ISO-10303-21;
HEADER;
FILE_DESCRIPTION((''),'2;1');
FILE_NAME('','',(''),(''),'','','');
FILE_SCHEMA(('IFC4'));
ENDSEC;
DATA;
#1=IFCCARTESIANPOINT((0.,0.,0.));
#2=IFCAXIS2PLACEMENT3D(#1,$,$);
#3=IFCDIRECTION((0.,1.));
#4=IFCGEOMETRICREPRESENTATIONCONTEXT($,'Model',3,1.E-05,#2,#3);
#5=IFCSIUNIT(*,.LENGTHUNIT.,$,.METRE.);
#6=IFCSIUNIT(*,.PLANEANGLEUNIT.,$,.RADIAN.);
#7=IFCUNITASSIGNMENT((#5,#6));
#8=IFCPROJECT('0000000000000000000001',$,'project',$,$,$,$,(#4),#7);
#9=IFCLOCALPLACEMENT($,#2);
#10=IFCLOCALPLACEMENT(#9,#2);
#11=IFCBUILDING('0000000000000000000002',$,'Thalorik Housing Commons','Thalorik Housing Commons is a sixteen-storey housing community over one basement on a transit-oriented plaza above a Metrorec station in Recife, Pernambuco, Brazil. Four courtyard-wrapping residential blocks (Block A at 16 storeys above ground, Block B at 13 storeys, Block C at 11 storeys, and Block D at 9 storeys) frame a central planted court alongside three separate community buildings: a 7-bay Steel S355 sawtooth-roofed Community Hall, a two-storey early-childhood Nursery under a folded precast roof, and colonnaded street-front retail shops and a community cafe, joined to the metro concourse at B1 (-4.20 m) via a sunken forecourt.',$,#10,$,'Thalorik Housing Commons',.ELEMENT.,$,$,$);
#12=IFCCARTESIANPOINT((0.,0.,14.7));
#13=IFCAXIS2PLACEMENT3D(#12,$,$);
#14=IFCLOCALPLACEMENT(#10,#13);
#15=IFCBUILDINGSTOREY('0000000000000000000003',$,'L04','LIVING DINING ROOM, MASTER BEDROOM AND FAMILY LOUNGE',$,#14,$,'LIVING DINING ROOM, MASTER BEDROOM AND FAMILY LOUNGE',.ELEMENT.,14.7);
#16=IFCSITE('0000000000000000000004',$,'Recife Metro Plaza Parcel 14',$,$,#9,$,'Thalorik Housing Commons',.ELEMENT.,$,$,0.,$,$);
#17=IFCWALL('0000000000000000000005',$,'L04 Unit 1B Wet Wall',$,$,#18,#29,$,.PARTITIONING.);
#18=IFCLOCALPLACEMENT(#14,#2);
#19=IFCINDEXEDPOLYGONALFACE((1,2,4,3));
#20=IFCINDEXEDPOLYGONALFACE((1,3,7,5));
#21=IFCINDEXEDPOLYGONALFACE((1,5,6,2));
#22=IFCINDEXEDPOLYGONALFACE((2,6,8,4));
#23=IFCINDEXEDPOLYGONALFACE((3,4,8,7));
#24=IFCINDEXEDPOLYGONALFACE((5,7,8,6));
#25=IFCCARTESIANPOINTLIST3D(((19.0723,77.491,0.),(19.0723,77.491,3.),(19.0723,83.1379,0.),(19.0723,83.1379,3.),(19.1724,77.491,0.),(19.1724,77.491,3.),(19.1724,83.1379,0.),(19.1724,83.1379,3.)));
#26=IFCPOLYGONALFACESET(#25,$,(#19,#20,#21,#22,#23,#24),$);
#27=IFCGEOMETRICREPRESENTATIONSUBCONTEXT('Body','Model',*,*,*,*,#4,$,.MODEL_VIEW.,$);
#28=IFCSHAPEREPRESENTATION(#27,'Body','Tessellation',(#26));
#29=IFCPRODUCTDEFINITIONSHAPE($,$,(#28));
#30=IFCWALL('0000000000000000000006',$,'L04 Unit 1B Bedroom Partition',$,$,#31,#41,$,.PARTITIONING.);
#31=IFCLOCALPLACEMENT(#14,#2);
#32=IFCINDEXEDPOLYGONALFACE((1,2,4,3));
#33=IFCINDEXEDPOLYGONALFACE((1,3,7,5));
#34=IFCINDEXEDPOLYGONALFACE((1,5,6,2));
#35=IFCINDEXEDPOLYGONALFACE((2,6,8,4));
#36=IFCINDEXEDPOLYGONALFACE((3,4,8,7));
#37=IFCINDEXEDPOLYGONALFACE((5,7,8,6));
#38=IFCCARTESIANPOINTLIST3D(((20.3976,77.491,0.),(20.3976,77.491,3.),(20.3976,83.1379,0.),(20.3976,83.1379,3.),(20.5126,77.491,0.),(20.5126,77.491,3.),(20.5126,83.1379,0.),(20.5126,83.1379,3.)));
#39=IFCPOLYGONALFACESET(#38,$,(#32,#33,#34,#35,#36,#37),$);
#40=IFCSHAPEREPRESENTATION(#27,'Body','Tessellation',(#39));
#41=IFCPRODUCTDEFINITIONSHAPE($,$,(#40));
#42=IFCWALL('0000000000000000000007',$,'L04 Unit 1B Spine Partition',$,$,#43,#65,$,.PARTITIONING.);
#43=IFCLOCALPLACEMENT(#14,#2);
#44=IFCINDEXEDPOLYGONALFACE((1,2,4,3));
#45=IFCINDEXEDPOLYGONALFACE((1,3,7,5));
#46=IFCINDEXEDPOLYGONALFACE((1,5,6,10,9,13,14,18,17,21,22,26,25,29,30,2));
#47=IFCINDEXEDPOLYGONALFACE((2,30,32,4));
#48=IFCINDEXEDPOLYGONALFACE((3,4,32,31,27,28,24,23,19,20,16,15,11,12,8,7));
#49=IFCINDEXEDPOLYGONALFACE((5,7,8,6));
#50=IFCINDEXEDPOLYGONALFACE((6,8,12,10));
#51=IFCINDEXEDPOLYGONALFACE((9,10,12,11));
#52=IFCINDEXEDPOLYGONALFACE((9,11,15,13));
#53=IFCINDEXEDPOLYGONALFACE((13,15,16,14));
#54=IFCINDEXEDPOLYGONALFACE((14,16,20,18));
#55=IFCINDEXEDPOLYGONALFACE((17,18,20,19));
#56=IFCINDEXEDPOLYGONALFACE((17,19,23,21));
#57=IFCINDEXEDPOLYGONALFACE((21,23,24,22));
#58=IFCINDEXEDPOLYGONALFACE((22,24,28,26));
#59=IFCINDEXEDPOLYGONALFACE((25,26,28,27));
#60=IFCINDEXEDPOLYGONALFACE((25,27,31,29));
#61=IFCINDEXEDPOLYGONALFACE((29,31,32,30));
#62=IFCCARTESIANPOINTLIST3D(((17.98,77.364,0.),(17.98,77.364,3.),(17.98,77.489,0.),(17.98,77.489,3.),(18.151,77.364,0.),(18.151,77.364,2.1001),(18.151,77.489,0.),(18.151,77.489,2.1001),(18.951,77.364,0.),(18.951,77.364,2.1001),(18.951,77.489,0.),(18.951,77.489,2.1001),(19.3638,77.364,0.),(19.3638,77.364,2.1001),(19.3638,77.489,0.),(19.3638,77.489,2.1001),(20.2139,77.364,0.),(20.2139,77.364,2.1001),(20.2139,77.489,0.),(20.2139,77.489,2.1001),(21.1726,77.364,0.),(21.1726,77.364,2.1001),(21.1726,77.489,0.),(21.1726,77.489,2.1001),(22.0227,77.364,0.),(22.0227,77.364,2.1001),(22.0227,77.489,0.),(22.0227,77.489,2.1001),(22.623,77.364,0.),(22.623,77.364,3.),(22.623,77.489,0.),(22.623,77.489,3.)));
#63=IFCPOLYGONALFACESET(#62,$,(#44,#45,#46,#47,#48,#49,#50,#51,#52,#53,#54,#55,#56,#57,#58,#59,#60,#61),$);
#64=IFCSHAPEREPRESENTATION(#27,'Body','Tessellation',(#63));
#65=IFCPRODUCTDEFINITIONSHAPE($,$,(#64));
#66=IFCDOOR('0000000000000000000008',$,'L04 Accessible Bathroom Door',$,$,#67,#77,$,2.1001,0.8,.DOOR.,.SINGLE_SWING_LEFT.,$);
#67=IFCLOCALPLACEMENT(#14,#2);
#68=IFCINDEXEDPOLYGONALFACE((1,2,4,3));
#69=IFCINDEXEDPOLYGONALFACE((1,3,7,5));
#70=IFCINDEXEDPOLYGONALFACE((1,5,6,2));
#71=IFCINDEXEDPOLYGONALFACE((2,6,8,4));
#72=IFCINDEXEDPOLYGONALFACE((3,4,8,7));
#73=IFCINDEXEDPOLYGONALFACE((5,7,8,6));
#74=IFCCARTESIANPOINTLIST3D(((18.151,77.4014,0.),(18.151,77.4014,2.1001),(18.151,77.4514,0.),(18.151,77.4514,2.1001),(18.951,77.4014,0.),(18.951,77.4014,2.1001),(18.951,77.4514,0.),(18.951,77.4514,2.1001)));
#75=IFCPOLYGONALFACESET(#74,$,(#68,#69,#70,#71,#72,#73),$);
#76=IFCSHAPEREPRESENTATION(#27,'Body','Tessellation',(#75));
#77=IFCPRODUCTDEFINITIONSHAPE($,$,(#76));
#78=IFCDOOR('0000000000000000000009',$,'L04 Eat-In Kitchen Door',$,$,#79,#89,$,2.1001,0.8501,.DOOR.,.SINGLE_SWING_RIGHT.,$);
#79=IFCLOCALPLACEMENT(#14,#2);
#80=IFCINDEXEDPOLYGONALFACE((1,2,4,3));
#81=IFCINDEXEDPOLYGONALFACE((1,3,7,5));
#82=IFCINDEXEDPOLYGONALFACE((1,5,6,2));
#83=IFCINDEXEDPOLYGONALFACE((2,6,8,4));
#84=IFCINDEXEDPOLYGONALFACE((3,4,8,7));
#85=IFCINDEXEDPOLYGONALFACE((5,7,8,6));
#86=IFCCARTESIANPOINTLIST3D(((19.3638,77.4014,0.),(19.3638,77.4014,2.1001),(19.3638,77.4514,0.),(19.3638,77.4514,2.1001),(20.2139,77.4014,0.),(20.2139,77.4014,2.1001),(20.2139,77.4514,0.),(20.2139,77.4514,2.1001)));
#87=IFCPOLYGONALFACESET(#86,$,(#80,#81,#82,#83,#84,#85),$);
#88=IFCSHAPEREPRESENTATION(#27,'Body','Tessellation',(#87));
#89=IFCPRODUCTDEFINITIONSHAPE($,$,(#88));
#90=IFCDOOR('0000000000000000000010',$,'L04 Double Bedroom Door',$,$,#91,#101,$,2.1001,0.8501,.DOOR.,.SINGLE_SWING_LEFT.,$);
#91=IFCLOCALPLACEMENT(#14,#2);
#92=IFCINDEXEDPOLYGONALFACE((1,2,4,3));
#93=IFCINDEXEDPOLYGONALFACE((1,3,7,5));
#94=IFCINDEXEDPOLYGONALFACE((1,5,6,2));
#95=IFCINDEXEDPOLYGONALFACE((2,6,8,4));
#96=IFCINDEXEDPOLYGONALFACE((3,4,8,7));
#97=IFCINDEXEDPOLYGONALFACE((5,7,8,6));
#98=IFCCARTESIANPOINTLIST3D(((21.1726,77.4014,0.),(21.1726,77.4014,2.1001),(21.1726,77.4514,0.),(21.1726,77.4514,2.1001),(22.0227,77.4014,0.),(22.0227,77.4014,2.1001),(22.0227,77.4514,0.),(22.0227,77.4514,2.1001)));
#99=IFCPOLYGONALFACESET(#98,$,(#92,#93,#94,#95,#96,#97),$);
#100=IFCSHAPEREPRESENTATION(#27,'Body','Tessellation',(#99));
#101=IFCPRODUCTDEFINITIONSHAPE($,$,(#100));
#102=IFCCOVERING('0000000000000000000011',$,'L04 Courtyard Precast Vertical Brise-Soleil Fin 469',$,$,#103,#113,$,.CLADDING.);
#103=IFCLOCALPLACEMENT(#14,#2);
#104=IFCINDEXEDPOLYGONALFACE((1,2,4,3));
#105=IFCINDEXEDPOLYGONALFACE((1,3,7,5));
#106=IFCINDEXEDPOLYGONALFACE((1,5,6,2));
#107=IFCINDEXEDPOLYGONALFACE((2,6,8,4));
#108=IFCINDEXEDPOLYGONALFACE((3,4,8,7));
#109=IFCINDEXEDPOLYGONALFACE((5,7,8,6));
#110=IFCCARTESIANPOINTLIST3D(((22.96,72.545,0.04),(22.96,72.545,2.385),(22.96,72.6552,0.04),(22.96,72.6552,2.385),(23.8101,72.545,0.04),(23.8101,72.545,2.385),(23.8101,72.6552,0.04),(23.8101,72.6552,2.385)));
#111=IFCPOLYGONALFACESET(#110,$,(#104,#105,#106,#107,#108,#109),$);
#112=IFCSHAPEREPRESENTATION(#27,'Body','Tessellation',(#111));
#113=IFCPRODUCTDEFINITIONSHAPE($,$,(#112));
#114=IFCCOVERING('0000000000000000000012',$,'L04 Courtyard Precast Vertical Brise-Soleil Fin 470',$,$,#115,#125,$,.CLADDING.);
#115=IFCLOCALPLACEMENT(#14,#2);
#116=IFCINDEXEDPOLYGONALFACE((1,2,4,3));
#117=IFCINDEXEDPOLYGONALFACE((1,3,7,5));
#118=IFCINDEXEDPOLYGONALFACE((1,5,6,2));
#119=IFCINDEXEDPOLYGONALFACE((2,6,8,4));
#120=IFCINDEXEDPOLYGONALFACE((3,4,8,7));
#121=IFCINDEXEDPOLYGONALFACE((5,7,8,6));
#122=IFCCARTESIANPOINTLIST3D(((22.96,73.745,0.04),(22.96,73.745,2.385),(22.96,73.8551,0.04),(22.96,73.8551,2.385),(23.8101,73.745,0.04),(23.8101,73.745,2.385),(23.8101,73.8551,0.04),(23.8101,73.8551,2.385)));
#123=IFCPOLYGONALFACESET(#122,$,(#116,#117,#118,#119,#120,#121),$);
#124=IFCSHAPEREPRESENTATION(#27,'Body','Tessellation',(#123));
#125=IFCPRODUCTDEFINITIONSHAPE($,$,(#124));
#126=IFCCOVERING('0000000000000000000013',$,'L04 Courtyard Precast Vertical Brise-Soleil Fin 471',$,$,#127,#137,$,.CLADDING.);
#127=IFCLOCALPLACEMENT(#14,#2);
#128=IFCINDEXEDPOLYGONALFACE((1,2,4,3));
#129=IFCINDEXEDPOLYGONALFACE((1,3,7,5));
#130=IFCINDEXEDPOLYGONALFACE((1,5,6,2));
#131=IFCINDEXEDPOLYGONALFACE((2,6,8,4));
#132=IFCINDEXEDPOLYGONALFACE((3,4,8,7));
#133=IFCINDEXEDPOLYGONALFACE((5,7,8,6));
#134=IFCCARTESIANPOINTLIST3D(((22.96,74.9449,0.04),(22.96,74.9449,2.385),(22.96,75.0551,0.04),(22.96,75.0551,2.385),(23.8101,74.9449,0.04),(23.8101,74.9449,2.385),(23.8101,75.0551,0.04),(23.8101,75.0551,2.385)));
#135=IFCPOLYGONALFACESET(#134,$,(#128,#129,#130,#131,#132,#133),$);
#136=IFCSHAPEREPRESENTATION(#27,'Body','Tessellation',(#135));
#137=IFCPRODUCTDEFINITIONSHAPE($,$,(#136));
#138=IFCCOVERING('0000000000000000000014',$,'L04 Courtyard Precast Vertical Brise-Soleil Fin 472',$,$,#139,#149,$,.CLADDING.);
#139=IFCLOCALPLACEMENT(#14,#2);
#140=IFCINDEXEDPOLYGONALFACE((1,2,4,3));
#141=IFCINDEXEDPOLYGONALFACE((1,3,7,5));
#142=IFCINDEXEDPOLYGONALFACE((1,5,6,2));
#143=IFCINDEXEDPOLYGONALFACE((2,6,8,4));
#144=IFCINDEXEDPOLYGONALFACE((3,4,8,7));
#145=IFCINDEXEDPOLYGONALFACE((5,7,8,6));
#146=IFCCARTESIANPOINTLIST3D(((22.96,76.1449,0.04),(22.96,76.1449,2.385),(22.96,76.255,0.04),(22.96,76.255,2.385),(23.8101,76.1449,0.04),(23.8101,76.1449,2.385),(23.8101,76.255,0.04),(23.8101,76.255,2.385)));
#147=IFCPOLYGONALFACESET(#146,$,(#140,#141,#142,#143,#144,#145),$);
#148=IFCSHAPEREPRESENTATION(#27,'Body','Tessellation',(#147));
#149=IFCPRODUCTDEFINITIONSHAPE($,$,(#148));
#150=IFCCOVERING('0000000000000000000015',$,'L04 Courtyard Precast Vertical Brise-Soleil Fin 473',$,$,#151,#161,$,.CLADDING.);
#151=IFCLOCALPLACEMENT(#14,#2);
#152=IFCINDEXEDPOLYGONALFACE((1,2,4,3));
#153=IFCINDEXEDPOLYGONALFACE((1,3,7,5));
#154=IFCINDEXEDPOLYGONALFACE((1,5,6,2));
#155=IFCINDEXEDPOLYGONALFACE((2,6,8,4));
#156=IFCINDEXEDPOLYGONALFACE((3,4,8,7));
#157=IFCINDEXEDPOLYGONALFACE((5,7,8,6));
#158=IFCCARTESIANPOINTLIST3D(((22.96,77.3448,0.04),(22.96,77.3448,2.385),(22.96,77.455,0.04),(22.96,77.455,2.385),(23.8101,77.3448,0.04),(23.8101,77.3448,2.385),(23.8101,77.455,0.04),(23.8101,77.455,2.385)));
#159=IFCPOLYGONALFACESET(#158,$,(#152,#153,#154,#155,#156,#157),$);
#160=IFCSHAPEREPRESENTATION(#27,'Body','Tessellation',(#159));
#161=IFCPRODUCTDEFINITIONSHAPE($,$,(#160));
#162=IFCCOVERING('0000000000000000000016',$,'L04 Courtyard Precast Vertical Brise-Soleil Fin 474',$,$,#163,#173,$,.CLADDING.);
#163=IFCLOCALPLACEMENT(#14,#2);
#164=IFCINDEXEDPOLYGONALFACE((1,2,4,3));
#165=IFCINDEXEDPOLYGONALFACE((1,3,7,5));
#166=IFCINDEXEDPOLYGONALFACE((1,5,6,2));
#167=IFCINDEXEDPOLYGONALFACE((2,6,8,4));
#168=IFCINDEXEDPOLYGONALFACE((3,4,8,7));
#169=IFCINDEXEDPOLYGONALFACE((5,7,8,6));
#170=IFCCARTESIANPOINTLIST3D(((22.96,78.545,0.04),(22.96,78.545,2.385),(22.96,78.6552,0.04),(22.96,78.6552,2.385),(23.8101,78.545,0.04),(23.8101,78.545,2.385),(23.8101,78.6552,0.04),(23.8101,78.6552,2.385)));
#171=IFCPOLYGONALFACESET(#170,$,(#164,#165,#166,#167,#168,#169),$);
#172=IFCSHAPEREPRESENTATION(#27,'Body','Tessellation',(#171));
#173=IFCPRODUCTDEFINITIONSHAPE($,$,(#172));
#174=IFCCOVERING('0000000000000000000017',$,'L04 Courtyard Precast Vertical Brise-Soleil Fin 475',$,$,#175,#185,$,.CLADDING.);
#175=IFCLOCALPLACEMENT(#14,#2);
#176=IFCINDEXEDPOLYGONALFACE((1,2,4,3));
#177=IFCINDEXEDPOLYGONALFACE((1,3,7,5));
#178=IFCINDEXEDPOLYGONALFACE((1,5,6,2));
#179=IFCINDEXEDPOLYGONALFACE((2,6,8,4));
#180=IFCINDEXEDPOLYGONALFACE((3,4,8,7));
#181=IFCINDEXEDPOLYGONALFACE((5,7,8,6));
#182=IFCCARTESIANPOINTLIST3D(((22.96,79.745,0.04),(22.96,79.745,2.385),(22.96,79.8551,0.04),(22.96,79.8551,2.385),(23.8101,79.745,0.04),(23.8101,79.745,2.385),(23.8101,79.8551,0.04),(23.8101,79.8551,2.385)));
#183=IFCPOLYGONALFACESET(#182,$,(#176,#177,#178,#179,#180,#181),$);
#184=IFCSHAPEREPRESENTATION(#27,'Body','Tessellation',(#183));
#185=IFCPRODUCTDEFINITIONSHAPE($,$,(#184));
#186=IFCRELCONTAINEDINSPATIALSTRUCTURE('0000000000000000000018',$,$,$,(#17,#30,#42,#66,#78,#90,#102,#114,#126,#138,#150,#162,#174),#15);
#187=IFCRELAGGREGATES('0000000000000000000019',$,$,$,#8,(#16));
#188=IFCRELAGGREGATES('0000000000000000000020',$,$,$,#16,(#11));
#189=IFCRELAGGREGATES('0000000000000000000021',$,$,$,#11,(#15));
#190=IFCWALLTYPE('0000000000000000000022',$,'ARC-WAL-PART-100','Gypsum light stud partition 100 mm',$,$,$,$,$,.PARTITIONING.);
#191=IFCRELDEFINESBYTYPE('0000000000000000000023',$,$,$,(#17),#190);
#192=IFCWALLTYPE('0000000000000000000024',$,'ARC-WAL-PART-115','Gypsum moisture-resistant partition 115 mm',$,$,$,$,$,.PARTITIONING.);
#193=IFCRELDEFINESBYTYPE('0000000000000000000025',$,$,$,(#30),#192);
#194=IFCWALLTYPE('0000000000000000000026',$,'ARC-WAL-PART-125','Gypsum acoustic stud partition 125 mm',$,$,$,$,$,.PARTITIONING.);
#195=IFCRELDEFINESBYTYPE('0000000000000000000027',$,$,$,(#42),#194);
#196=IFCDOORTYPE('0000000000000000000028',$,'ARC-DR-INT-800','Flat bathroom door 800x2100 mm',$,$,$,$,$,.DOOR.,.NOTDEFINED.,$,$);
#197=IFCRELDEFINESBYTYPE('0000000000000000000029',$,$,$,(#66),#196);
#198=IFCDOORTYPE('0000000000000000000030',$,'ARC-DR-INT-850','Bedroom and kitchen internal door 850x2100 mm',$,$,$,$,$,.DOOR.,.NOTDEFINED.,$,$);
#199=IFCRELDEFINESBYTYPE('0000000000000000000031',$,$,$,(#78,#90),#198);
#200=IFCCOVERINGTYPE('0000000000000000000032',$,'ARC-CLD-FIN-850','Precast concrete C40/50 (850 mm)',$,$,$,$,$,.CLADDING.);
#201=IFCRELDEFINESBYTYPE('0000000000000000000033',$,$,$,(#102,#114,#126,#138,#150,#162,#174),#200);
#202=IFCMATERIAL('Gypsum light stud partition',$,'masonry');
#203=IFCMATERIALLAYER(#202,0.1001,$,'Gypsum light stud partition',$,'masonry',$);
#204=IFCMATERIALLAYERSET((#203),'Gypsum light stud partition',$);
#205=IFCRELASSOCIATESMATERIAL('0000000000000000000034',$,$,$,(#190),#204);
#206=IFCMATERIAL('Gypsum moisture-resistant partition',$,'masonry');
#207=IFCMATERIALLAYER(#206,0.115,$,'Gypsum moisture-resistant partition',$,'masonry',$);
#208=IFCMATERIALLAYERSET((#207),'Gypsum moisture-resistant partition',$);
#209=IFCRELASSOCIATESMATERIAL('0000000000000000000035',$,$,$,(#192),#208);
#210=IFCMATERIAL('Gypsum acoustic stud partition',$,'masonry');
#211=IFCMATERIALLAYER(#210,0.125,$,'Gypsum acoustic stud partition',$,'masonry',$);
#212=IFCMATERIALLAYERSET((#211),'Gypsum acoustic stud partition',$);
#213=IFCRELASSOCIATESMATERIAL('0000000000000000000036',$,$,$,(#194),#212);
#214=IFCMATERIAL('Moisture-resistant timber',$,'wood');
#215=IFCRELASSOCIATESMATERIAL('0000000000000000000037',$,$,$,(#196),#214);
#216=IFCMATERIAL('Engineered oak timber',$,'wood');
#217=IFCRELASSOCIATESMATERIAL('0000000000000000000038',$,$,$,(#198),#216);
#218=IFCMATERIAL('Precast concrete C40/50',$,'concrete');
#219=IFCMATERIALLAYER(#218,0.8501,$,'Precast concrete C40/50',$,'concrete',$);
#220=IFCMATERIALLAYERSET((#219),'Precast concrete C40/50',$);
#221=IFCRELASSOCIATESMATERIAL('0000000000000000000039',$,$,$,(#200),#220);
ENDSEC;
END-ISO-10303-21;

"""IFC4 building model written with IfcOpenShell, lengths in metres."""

from ifc_helpers import new_model, si_unit, direction, frame, frame_2d, origin, origin_2d, place, context, subcontext, project, spatial, rectangle, extrude, material, layer, layer_set, type_object, element, fill, save


model = new_model("IFC4")

# Units and contexts
model_context = context("Model", 3, precision=1e-05, world=origin(), true_north=direction((0.0, 1.0)))
body_context = subcontext(model_context, "Body", "Model", "MODEL_VIEW")
ifc_project = project(units=[si_unit("LENGTHUNIT", "METRE"), si_unit("PLANEANGLEUNIT", "RADIAN")], contexts=[model_context])

# Site, building, storey
site_placement = place(None, origin())
site = spatial("IfcSite", under=ifc_project, at=site_placement, Name="Recife Metro Plaza Parcel 14", LongName="Thalorik Housing Commons", CompositionType="ELEMENT", RefElevation=0.0)
building_placement = place(site_placement, origin())
building = spatial("IfcBuilding", under=site, at=building_placement, Name="Thalorik Housing Commons", Description="Thalorik Housing Commons is a sixteen-storey housing community over one basement on a transit-oriented plaza above a Metrorec station in Recife, Pernambuco, Brazil. Four courtyard-wrapping residential blocks (Block A at 16 storeys above ground, Block B at 13 storeys, Block C at 11 storeys, and Block D at 9 storeys) frame a central planted court alongside three separate community buildings: a 7-bay Steel S355 sawtooth-roofed Community Hall, a two-storey early-childhood Nursery under a folded precast roof, and colonnaded street-front retail shops and a community cafe, joined to the metro concourse at B1 (-4.20 m) via a sunken forecourt.", LongName="Thalorik Housing Commons", CompositionType="ELEMENT")
storey_placement = place(building_placement, frame((0.0, 0.0, 14.7)))
storey = spatial("IfcBuildingStorey", under=building, at=storey_placement, Name="L04", Description="LIVING DINING ROOM, MASTER BEDROOM AND FAMILY LOUNGE", LongName="LIVING DINING ROOM, MASTER BEDROOM AND FAMILY LOUNGE", CompositionType="ELEMENT", Elevation=14.7)

# Walls
ifc_material_1 = material(Name="Gypsum light stud partition", Category="masonry")
ifc_layer_1 = layer(ifc_material_1, 0.1001, Name="Gypsum light stud partition", Category="masonry")
ifc_layer_set_1 = layer_set([ifc_layer_1], Name="Gypsum light stud partition")
wall_type_1 = type_object("IfcWallType", Name="ARC-WAL-PART-100", Description="Gypsum light stud partition 100 mm", PredefinedType="PARTITIONING", material=ifc_layer_set_1)
wall_1_placement = place(storey_placement, frame((19.1223, 77.491, 0.0), z_axis=(0.0, 0.0, 1.0), x_axis=(0.0, 1.0, 0.0)))
element("IfcWall", 1, at=wall_1_placement, inside=storey, type_object=wall_type_1, Name="L04 Unit 1B Wet Wall", PredefinedType="PARTITIONING", context=body_context, shape_type="SweptSolid", body=[
    extrude(rectangle(XDim=5.647, YDim=0.1001, at=frame_2d((2.8235, 0.0))), origin(), (0.0, 0.0, 1.0), 3.0),
])
ifc_material_2 = material(Name="Gypsum moisture-resistant partition", Category="masonry")
ifc_layer_2 = layer(ifc_material_2, 0.115, Name="Gypsum moisture-resistant partition", Category="masonry")
ifc_layer_set_2 = layer_set([ifc_layer_2], Name="Gypsum moisture-resistant partition")
wall_type_2 = type_object("IfcWallType", Name="ARC-WAL-PART-115", Description="Gypsum moisture-resistant partition 115 mm", PredefinedType="PARTITIONING", material=ifc_layer_set_2)
wall_2_placement = place(storey_placement, frame((20.4551, 77.491, 0.0), z_axis=(0.0, 0.0, 1.0), x_axis=(0.0, 1.0, 0.0)))
element("IfcWall", 2, at=wall_2_placement, inside=storey, type_object=wall_type_2, Name="L04 Unit 1B Bedroom Partition", PredefinedType="PARTITIONING", context=body_context, shape_type="SweptSolid", body=[
    extrude(rectangle(XDim=5.647, YDim=0.115, at=frame_2d((2.8235, 0.0))), origin(), (0.0, 0.0, 1.0), 3.0),
])

# Wall, openings, doors
ifc_material_3 = material(Name="Gypsum acoustic stud partition", Category="masonry")
ifc_layer_3 = layer(ifc_material_3, 0.125, Name="Gypsum acoustic stud partition", Category="masonry")
ifc_layer_set_3 = layer_set([ifc_layer_3], Name="Gypsum acoustic stud partition")
wall_type_3 = type_object("IfcWallType", Name="ARC-WAL-PART-125", Description="Gypsum acoustic stud partition 125 mm", PredefinedType="PARTITIONING", material=ifc_layer_set_3)
wall_3_placement = place(storey_placement, frame((17.98, 77.4265, 0.0), z_axis=(0.0, 0.0, 1.0), x_axis=(1.0, 0.0, 0.0)))
wall_3 = element("IfcWall", 3, at=wall_3_placement, inside=storey, type_object=wall_type_3, Name="L04 Unit 1B Spine Partition", PredefinedType="PARTITIONING", context=body_context, shape_type="SweptSolid", body=[
    extrude(rectangle(XDim=4.6431, YDim=0.125, at=frame_2d((2.3215, 0.0))), origin(), (0.0, 0.0, 1.0), 3.0),
])
opening_1_placement = place(wall_3_placement, frame((0.1711, 0.0, 0.0)))
opening_1 = element("IfcOpeningElement", 4, at=opening_1_placement, cuts=wall_3, PredefinedType="OPENING", context=body_context, shape_type="SweptSolid", body=[
    extrude(rectangle(XDim=0.8, YDim=2.1001, at=frame_2d((0.3999, 1.05))), frame((0.0, 0.0725, 0.0), z_axis=(0.0, -1.0, 0.0), x_axis=(1.0, 0.0, 0.0)), (0.0, 0.0, 1.0), 0.145),
])
opening_2_placement = place(wall_3_placement, frame((1.3838, 0.0, 0.0)))
opening_2 = element("IfcOpeningElement", 5, at=opening_2_placement, cuts=wall_3, PredefinedType="OPENING", context=body_context, shape_type="SweptSolid", body=[
    extrude(rectangle(XDim=0.8501, YDim=2.1001, at=frame_2d((0.425, 1.05))), frame((0.0, 0.0725, 0.0), z_axis=(0.0, -1.0, 0.0), x_axis=(1.0, 0.0, 0.0)), (0.0, 0.0, 1.0), 0.145),
])
opening_3_placement = place(wall_3_placement, frame((3.1926, 0.0, 0.0)))
opening_3 = element("IfcOpeningElement", 6, at=opening_3_placement, cuts=wall_3, PredefinedType="OPENING", context=body_context, shape_type="SweptSolid", body=[
    extrude(rectangle(XDim=0.8501, YDim=2.1001, at=frame_2d((0.425, 1.05))), frame((0.0, 0.0725, 0.0), z_axis=(0.0, -1.0, 0.0), x_axis=(1.0, 0.0, 0.0)), (0.0, 0.0, 1.0), 0.145),
])
ifc_material_4 = material(Name="Moisture-resistant timber", Category="wood")
door_type_1 = type_object("IfcDoorType", Name="ARC-DR-INT-800", Description="Flat bathroom door 800x2100 mm", OperationType="NOTDEFINED", PredefinedType="DOOR", material=ifc_material_4)
door_1_placement = place(opening_1_placement, origin())
door_1 = element("IfcDoor", 7, at=door_1_placement, inside=storey, type_object=door_type_1, Name="L04 Accessible Bathroom Door", OperationType="SINGLE_SWING_LEFT", OverallHeight=2.1001, OverallWidth=0.8, PredefinedType="DOOR", context=body_context, shape_type="SweptSolid", body=[
    extrude(rectangle(XDim=0.8, YDim=2.1001, at=frame_2d((0.3999, 1.05))), frame((0.0, 0.0249, 0.0), z_axis=(0.0, -1.0, 0.0), x_axis=(1.0, 0.0, 0.0)), (0.0, 0.0, 1.0), 0.05),
])
fill(opening_1, door_1)
ifc_material_5 = material(Name="Engineered oak timber", Category="wood")
door_type_2 = type_object("IfcDoorType", Name="ARC-DR-INT-850", Description="Bedroom and kitchen internal door 850x2100 mm", OperationType="NOTDEFINED", PredefinedType="DOOR", material=ifc_material_5)
door_2_placement = place(opening_2_placement, origin())
door_2 = element("IfcDoor", 8, at=door_2_placement, inside=storey, type_object=door_type_2, Name="L04 Eat-In Kitchen Door", OperationType="SINGLE_SWING_RIGHT", OverallHeight=2.1001, OverallWidth=0.8501, PredefinedType="DOOR", context=body_context, shape_type="SweptSolid", body=[
    extrude(rectangle(XDim=0.8501, YDim=2.1001, at=frame_2d((0.425, 1.05))), frame((0.0, 0.0249, 0.0), z_axis=(0.0, -1.0, 0.0), x_axis=(1.0, 0.0, 0.0)), (0.0, 0.0, 1.0), 0.05),
])
fill(opening_2, door_2)
door_3_placement = place(opening_3_placement, origin())
door_3 = element("IfcDoor", 9, at=door_3_placement, inside=storey, type_object=door_type_2, Name="L04 Double Bedroom Door", OperationType="SINGLE_SWING_LEFT", OverallHeight=2.1001, OverallWidth=0.8501, PredefinedType="DOOR", context=body_context, shape_type="SweptSolid", body=[
    extrude(rectangle(XDim=0.8501, YDim=2.1001, at=frame_2d((0.425, 1.05))), frame((0.0, 0.0249, 0.0), z_axis=(0.0, -1.0, 0.0), x_axis=(1.0, 0.0, 0.0)), (0.0, 0.0, 1.0), 0.05),
])
fill(opening_3, door_3)

# Coverings
ifc_material_6 = material(Name="Precast concrete C40/50", Category="concrete")
ifc_layer_4 = layer(ifc_material_6, 0.8501, Name="Precast concrete C40/50", Category="concrete")
ifc_layer_set_4 = layer_set([ifc_layer_4], Name="Precast concrete C40/50")
covering_type_1 = type_object("IfcCoveringType", Name="ARC-CLD-FIN-850", Description="Precast concrete C40/50 (850 mm)", PredefinedType="CLADDING", material=ifc_layer_set_4)
for number, where, z_axis, x_axis, name in (
    (10, (23.385, 72.6001, 0.04), (0.0, 0.0, 1.0), (0.0, 1.0, 0.0), "L04 Courtyard Precast Vertical Brise-Soleil Fin 469"),
    (11, (23.385, 73.8, 0.04), (0.0, 0.0, 1.0), (0.0, 1.0, 0.0), "L04 Courtyard Precast Vertical Brise-Soleil Fin 470"),
    (12, (23.385, 75.0, 0.04), (0.0, 0.0, 1.0), (0.0, 1.0, 0.0), "L04 Courtyard Precast Vertical Brise-Soleil Fin 471"),
    (13, (23.385, 76.2, 0.04), (0.0, 0.0, 1.0), (0.0, 1.0, 0.0), "L04 Courtyard Precast Vertical Brise-Soleil Fin 472"),
    (14, (23.385, 77.3999, 0.04), (0.0, 0.0, 1.0), (0.0, 1.0, 0.0), "L04 Courtyard Precast Vertical Brise-Soleil Fin 473"),
    (15, (23.385, 78.6001, 0.04), (0.0, 0.0, 1.0), (0.0, 1.0, 0.0), "L04 Courtyard Precast Vertical Brise-Soleil Fin 474"),
    (16, (23.385, 79.8, 0.04), (0.0, 0.0, 1.0), (0.0, 1.0, 0.0), "L04 Courtyard Precast Vertical Brise-Soleil Fin 475"),
):
    element("IfcCovering", number, at=place(storey_placement, frame(where, z_axis=z_axis, x_axis=x_axis)), inside=storey, type_object=covering_type_1, Name=name, PredefinedType="CLADDING", context=body_context, shape_type="SweptSolid", body=[
        extrude(rectangle(XDim=0.1101, YDim=0.8501, at=origin_2d()), origin(), (0.0, 0.0, 1.0), 2.345),
    ])

save(model, "model.ifc")
